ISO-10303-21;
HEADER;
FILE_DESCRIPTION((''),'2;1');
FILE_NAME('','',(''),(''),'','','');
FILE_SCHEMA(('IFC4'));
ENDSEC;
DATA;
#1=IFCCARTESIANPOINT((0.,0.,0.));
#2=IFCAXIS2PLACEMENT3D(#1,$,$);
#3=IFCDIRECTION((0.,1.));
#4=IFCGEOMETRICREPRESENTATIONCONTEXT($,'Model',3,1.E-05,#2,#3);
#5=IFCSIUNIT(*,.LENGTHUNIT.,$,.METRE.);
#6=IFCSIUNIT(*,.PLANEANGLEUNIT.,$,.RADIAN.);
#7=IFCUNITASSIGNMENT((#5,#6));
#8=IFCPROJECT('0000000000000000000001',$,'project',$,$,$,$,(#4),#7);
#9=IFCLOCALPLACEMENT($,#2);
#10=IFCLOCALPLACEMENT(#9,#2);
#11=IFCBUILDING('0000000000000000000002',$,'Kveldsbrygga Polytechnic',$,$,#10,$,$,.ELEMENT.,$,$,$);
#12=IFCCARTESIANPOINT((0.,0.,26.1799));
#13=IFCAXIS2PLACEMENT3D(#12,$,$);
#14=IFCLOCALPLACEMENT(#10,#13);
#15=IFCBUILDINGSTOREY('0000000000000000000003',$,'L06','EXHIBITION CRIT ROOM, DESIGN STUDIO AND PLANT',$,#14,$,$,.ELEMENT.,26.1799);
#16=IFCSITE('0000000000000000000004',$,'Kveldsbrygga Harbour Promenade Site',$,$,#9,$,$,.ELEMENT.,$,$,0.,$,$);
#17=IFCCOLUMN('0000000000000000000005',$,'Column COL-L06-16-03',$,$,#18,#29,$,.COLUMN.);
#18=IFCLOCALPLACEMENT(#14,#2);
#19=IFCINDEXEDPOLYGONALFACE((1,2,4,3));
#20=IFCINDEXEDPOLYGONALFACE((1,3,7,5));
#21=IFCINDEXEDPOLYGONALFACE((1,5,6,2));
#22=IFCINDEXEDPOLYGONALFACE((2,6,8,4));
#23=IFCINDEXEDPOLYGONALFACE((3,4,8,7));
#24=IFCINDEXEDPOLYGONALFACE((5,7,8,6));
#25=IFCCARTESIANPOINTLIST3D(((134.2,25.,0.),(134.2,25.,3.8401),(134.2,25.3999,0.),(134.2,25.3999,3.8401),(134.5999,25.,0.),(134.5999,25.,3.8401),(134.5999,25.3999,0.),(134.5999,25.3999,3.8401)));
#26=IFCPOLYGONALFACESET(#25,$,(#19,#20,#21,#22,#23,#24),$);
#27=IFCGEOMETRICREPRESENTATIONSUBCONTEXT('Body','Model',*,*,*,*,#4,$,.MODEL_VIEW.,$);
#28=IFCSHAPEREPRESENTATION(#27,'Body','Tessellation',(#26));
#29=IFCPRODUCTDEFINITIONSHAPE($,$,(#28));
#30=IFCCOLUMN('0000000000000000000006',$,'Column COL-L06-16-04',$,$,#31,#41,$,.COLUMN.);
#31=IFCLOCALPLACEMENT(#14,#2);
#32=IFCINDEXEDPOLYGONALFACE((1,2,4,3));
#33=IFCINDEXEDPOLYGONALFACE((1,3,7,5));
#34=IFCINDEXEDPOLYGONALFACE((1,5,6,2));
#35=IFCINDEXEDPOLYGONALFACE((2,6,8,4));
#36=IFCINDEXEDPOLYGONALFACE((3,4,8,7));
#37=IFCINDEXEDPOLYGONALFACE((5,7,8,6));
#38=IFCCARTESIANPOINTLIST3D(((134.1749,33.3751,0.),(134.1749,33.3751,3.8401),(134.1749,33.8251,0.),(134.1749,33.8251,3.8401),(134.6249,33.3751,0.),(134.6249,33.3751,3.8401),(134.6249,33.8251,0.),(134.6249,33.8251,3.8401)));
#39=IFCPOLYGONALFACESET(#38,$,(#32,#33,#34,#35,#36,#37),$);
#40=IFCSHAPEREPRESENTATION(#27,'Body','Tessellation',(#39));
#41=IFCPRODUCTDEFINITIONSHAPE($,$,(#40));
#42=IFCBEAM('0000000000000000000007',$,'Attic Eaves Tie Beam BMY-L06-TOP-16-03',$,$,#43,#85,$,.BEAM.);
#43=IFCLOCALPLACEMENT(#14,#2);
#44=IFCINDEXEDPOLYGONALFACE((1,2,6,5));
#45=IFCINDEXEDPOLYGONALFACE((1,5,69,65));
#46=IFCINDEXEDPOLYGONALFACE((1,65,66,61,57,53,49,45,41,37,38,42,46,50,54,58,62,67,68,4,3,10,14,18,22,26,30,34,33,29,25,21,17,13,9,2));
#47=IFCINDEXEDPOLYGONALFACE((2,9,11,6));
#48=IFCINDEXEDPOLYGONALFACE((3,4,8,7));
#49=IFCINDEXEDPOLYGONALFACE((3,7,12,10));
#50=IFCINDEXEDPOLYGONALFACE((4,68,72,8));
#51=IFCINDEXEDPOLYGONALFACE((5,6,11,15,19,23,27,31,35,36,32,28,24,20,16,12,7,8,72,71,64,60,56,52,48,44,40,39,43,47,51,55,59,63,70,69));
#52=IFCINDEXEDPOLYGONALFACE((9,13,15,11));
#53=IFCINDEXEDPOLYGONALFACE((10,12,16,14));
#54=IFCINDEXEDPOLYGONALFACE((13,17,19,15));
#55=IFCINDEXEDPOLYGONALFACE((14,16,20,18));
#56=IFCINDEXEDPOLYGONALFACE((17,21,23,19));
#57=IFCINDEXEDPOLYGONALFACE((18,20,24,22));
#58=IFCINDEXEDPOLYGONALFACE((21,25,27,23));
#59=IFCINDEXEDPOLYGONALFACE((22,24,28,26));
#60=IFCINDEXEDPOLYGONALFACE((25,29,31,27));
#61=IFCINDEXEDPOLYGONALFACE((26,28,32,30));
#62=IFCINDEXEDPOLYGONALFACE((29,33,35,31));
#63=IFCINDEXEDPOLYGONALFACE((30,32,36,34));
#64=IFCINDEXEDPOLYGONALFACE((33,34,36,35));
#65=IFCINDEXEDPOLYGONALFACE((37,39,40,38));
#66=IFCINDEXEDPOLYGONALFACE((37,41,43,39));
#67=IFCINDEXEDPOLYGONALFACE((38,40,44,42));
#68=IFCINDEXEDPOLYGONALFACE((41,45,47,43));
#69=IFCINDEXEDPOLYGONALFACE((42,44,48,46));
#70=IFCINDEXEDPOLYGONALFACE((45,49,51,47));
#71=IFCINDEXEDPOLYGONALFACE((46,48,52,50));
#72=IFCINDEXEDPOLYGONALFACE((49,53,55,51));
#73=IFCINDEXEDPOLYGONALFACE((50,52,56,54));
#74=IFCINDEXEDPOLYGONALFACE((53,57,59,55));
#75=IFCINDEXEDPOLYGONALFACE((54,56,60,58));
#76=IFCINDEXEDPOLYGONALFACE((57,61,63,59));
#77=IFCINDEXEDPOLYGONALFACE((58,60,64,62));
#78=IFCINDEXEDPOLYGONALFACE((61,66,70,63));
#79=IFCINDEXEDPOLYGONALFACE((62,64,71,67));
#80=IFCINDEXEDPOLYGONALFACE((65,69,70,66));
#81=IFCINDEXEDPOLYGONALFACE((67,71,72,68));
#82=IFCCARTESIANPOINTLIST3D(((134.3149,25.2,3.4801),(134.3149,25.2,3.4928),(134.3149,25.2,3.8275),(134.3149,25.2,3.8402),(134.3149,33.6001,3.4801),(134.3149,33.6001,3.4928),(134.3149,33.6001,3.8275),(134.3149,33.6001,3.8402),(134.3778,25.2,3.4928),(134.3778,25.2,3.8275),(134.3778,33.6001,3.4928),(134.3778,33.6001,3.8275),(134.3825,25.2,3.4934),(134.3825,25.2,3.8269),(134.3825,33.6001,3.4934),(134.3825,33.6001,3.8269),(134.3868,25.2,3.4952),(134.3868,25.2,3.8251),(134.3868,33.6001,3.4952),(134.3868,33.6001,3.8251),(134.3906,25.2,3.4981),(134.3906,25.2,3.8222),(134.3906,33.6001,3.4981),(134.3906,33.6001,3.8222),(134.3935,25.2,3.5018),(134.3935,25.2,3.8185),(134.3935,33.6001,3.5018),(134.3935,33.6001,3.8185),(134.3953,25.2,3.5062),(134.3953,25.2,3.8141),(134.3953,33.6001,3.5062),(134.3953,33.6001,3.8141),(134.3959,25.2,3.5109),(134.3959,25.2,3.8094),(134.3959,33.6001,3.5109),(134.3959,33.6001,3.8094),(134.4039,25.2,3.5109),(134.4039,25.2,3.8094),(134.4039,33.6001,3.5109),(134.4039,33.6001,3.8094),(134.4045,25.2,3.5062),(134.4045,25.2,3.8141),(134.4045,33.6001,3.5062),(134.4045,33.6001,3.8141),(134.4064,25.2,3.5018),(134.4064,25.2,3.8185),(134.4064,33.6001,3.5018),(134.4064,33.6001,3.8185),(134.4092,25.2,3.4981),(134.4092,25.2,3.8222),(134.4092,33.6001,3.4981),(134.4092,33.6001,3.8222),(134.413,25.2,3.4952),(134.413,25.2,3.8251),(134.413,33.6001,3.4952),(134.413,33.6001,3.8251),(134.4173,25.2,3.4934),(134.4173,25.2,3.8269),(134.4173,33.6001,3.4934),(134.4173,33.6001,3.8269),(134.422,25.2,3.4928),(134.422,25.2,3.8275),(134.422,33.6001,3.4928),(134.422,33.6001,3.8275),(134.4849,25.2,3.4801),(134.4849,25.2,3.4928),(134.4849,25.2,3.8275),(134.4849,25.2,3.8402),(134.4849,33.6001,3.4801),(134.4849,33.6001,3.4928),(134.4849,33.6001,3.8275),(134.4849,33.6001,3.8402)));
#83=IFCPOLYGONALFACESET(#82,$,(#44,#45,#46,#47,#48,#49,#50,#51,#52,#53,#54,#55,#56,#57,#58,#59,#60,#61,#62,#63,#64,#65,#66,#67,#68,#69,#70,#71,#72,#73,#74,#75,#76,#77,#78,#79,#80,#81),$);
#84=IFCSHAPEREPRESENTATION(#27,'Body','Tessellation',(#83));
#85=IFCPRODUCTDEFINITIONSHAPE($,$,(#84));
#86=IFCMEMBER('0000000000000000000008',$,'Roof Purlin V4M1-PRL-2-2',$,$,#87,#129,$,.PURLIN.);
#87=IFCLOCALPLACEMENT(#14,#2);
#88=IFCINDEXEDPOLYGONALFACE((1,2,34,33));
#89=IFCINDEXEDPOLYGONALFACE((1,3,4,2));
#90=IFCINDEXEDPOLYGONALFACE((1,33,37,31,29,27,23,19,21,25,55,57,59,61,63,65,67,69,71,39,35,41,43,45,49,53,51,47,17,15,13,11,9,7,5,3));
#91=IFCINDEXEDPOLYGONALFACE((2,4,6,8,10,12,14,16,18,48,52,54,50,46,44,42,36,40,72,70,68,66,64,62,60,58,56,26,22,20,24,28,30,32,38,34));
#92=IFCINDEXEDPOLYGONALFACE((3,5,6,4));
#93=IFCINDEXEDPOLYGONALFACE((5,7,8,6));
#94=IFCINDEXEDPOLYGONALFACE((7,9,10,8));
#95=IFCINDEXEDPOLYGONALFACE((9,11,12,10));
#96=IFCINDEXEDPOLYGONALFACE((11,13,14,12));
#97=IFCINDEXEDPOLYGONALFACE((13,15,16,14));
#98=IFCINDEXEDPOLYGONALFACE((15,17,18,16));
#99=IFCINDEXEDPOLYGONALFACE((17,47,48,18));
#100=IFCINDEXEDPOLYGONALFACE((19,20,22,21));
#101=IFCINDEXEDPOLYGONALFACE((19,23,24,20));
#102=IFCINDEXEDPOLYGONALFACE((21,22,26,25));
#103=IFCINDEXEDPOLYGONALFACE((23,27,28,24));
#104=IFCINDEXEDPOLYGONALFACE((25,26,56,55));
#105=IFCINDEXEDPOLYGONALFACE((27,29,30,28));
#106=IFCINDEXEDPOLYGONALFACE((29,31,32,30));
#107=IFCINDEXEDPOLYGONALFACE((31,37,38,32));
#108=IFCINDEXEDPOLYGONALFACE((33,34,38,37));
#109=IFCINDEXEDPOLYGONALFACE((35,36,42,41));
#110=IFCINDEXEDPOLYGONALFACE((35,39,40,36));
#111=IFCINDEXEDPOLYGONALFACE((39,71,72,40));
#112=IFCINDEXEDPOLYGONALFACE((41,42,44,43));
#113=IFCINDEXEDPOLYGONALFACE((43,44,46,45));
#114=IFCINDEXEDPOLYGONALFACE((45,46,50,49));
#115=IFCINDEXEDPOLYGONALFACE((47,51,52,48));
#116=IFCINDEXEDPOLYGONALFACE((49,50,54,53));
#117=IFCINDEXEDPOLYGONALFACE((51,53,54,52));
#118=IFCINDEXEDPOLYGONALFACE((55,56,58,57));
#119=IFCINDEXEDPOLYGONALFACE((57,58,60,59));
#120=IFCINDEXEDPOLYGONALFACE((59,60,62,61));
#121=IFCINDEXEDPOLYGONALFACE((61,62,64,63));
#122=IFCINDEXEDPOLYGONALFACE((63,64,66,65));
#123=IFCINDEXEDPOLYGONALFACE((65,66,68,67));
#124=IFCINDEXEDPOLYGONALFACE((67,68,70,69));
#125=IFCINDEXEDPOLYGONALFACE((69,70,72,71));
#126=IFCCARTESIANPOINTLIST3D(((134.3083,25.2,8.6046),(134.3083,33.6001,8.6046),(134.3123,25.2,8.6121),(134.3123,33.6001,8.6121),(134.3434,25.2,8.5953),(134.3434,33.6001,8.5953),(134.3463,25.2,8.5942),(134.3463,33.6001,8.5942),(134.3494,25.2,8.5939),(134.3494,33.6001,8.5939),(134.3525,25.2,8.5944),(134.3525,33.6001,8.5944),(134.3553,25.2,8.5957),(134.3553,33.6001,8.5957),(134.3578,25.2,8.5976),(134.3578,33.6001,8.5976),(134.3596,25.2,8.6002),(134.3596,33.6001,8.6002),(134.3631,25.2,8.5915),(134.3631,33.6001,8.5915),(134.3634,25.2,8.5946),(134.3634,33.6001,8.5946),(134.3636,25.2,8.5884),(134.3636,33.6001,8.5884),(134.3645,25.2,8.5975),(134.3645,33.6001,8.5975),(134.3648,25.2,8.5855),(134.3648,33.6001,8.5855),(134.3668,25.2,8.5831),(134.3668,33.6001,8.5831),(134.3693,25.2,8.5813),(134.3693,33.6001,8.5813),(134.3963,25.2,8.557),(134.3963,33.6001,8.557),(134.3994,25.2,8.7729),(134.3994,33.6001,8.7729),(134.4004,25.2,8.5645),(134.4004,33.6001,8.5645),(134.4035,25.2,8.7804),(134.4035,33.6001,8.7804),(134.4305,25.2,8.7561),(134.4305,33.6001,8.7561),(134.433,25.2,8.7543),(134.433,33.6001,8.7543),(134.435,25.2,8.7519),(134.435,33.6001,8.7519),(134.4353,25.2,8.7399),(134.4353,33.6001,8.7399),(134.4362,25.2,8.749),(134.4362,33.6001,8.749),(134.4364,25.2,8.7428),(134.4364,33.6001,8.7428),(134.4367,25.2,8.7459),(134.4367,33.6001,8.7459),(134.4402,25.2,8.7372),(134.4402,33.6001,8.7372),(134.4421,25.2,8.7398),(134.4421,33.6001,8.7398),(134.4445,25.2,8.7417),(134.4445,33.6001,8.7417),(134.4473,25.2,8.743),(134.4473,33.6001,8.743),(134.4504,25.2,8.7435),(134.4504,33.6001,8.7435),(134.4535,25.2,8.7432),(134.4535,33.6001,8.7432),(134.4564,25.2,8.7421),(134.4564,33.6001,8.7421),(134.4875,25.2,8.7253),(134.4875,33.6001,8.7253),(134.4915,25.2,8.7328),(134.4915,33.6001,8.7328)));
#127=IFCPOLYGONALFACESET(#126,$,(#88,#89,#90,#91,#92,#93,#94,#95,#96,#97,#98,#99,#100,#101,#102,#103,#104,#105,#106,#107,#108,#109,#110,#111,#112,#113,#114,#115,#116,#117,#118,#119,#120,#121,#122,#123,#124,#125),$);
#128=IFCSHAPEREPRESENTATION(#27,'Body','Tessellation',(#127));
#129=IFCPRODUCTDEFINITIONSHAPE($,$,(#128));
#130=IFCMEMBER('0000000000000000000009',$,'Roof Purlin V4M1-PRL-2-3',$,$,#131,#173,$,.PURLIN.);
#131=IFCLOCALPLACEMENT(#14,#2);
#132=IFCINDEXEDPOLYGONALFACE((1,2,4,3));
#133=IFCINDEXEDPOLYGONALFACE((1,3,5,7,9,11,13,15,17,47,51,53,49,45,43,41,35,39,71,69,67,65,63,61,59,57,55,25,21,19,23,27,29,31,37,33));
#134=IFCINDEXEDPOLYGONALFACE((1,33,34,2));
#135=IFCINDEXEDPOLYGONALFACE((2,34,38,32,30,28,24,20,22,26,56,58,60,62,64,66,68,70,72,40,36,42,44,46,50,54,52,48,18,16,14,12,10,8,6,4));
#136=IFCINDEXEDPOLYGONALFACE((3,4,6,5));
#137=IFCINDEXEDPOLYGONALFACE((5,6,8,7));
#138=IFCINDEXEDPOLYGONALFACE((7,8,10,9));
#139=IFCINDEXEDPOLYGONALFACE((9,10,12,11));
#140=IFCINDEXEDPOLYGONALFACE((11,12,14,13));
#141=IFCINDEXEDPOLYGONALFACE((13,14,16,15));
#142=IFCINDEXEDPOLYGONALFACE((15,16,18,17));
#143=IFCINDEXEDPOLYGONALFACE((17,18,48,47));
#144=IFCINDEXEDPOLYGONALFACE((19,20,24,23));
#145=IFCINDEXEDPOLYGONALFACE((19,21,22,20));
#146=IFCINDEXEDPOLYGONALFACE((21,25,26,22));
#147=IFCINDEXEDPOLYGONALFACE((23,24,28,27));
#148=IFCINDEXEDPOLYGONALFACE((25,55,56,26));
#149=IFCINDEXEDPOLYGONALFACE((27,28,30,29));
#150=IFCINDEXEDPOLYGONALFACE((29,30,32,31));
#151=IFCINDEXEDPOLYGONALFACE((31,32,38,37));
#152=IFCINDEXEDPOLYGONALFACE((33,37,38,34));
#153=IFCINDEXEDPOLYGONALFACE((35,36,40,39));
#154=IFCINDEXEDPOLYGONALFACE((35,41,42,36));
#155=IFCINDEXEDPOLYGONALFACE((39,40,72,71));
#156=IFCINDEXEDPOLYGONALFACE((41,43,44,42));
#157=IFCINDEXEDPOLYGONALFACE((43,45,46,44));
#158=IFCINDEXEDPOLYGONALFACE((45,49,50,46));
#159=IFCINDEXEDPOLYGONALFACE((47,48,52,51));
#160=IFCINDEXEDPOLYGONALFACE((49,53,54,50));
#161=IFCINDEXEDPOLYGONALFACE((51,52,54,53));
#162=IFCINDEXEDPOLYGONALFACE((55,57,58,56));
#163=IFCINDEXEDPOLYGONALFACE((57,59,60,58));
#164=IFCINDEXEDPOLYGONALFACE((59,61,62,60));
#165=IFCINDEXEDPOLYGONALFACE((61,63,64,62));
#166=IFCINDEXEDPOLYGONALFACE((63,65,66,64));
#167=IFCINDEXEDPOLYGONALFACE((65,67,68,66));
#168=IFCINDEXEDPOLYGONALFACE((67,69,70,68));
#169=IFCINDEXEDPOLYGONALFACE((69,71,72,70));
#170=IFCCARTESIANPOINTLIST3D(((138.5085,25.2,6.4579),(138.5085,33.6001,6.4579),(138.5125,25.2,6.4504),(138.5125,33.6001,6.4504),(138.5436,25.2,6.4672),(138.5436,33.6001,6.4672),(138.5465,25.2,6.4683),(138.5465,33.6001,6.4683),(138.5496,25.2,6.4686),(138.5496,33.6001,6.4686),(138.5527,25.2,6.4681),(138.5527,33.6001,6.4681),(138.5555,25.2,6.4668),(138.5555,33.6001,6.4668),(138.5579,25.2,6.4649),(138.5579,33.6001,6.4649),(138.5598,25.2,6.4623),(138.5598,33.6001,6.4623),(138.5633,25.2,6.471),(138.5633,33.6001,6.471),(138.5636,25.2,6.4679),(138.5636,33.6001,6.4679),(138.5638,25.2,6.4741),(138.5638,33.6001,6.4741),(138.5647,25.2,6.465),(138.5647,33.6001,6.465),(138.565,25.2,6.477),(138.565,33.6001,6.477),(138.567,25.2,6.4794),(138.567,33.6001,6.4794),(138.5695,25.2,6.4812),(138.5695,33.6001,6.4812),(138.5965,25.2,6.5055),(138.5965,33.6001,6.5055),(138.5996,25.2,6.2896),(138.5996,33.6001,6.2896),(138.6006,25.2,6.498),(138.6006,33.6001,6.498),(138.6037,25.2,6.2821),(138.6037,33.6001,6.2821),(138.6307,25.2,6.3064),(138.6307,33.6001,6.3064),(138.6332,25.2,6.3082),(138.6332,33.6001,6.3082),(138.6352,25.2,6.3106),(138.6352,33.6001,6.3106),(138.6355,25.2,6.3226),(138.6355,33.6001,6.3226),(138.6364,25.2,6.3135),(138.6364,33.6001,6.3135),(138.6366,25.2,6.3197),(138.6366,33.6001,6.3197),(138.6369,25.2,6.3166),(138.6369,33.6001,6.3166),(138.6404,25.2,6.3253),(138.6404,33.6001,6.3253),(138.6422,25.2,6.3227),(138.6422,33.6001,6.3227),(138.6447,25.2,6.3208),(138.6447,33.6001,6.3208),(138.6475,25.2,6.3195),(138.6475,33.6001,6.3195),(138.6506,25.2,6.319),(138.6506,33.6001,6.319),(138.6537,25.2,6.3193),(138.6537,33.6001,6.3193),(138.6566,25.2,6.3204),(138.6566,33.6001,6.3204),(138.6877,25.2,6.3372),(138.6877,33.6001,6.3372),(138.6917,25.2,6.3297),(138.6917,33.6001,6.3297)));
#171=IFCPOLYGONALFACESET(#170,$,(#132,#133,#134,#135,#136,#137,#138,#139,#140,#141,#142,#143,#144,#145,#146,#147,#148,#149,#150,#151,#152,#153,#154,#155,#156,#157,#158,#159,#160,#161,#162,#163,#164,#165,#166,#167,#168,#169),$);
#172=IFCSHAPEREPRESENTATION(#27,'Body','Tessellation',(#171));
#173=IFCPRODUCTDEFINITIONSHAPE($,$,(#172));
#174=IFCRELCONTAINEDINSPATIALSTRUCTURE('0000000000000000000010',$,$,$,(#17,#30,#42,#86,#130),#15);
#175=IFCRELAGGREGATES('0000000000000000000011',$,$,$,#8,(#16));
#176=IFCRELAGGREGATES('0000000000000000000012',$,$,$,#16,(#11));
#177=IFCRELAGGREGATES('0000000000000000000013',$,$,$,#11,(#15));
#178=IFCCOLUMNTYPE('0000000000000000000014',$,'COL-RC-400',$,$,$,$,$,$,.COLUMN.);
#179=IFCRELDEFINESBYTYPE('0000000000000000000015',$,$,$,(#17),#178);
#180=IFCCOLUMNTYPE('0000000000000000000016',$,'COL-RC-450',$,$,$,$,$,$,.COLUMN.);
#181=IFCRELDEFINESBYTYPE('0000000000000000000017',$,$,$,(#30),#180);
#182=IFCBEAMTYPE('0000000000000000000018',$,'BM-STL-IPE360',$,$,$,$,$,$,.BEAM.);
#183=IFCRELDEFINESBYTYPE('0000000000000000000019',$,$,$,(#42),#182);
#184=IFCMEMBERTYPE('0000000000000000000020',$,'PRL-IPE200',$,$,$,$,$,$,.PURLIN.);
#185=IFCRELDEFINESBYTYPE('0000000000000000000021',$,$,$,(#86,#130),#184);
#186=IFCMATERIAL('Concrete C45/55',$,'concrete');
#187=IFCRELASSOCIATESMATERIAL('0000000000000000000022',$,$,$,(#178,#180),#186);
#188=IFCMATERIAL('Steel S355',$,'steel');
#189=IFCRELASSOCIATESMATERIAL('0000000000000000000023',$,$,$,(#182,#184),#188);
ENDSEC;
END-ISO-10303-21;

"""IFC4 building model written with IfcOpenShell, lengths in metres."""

from ifc_helpers import new_model, si_unit, direction, frame, origin, origin_2d, place, context, subcontext, project, spatial, rectangle, i_section, extrude, material, material_profile, profile_set, type_object, element, save


model = new_model("IFC4")

# Units and contexts
model_context = context("Model", 3, precision=1e-05, world=origin(), true_north=direction((0.0, 1.0)))
body_context = subcontext(model_context, "Body", "Model", "MODEL_VIEW")
ifc_project = project(units=[si_unit("LENGTHUNIT", "METRE"), si_unit("PLANEANGLEUNIT", "RADIAN")], contexts=[model_context])

# Site, building, storey
site_placement = place(None, origin())
site = spatial("IfcSite", under=ifc_project, at=site_placement, Name="Kveldsbrygga Harbour Promenade Site", CompositionType="ELEMENT", RefElevation=0.0)
building_placement = place(site_placement, origin())
building = spatial("IfcBuilding", under=site, at=building_placement, Name="Kveldsbrygga Polytechnic", CompositionType="ELEMENT")
storey_placement = place(building_placement, frame((0.0, 0.0, 26.1799)))
storey = spatial("IfcBuildingStorey", under=building, at=storey_placement, Name="L06", Description="EXHIBITION CRIT ROOM, DESIGN STUDIO AND PLANT", CompositionType="ELEMENT", Elevation=26.1799)

# Columns
ifc_material_1 = material(Name="Concrete C45/55", Category="concrete")
ifc_material_profile_1 = material_profile(ifc_material_1, rectangle(XDim=0.3999, YDim=0.3999, at=origin_2d()), Name="RC 400x400")
ifc_profile_set_1 = profile_set([ifc_material_profile_1], Name="Concrete C45/55")
column_type_1 = type_object("IfcColumnType", Name="COL-RC-400", PredefinedType="COLUMN", material=ifc_profile_set_1)
column_1_placement = place(storey_placement, frame((134.3999, 25.2, 0.0), z_axis=(0.0, 0.0, 1.0), x_axis=(1.0, 0.0, 0.0)))
element("IfcColumn", 1, at=column_1_placement, inside=storey, type_object=column_type_1, Name="Column COL-L06-16-03", PredefinedType="COLUMN", context=body_context, shape_type="SweptSolid", body=[
    extrude(rectangle(XDim=0.3999, YDim=0.3999, at=origin_2d()), origin(), (0.0, 0.0, 1.0), 3.8401),
])
ifc_material_profile_2 = material_profile(ifc_material_1, rectangle(XDim=0.45, YDim=0.45, at=origin_2d()), Name="RC 450x450")
ifc_profile_set_2 = profile_set([ifc_material_profile_2], Name="Concrete C45/55")
column_type_2 = type_object("IfcColumnType", Name="COL-RC-450", PredefinedType="COLUMN", material=ifc_profile_set_2)
column_2_placement = place(storey_placement, frame((134.3999, 33.6001, 0.0), z_axis=(0.0, 0.0, 1.0), x_axis=(1.0, 0.0, 0.0)))
element("IfcColumn", 2, at=column_2_placement, inside=storey, type_object=column_type_2, Name="Column COL-L06-16-04", PredefinedType="COLUMN", context=body_context, shape_type="SweptSolid", body=[
    extrude(rectangle(XDim=0.45, YDim=0.45, at=origin_2d()), origin(), (0.0, 0.0, 1.0), 3.8401),
])

# Beam
ifc_material_2 = material(Name="Steel S355", Category="steel")
ifc_material_profile_3 = material_profile(ifc_material_2, i_section(OverallWidth=0.1699, OverallDepth=0.3601, WebThickness=0.0081, FlangeThickness=0.0127, FilletRadius=0.0181, at=origin_2d()), Name="IPE 360")
ifc_profile_set_3 = profile_set([ifc_material_profile_3], Name="Steel S355")
beam_type = type_object("IfcBeamType", Name="BM-STL-IPE360", PredefinedType="BEAM", material=ifc_profile_set_3)
beam_placement = place(storey_placement, frame((134.3999, 25.2, 3.6602), z_axis=(0.0, 1.0, 0.0), x_axis=(-1.0, 0.0, 0.0)))
element("IfcBeam", 3, at=beam_placement, inside=storey, type_object=beam_type, Name="Attic Eaves Tie Beam BMY-L06-TOP-16-03", PredefinedType="BEAM", context=body_context, shape_type="SweptSolid", body=[
    extrude(i_section(OverallWidth=0.1699, OverallDepth=0.3601, WebThickness=0.0081, FlangeThickness=0.0127, FilletRadius=0.0181, at=origin_2d()), origin(), (0.0, 0.0, 1.0), 8.4001),
])

# Members
ifc_material_profile_4 = material_profile(ifc_material_2, i_section(OverallWidth=0.1001, OverallDepth=0.2, WebThickness=0.0056, FlangeThickness=0.0085, FilletRadius=0.012, at=origin_2d()), Name="IPE 200")
ifc_profile_set_4 = profile_set([ifc_material_profile_4], Name="Steel S355")
member_type_1 = type_object("IfcMemberType", Name="PRL-IPE200", PredefinedType="PURLIN", material=ifc_profile_set_4)
for number, where, z_axis, x_axis, name in (
    (4, (134.3999, 25.2, 8.6687), (0.0, 1.0, 0.0), (-0.879292, 0.0, 0.476283), "Roof Purlin V4M1-PRL-2-2"),
    (5, (138.6001, 25.2, 6.3938), (0.0, 1.0, 0.0), (-0.879292, 0.0, -0.476283), "Roof Purlin V4M1-PRL-2-3"),
):
    element("IfcMember", number, at=place(storey_placement, frame(where, z_axis=z_axis, x_axis=x_axis)), inside=storey, type_object=member_type_1, Name=name, PredefinedType="PURLIN", context=body_context, shape_type="SweptSolid", body=[
        extrude(i_section(OverallWidth=0.1001, OverallDepth=0.2, WebThickness=0.0056, FlangeThickness=0.0085, FilletRadius=0.012, at=origin_2d()), origin(), (0.0, 0.0, 1.0), 8.4001),
    ])

save(model, "model.ifc")
